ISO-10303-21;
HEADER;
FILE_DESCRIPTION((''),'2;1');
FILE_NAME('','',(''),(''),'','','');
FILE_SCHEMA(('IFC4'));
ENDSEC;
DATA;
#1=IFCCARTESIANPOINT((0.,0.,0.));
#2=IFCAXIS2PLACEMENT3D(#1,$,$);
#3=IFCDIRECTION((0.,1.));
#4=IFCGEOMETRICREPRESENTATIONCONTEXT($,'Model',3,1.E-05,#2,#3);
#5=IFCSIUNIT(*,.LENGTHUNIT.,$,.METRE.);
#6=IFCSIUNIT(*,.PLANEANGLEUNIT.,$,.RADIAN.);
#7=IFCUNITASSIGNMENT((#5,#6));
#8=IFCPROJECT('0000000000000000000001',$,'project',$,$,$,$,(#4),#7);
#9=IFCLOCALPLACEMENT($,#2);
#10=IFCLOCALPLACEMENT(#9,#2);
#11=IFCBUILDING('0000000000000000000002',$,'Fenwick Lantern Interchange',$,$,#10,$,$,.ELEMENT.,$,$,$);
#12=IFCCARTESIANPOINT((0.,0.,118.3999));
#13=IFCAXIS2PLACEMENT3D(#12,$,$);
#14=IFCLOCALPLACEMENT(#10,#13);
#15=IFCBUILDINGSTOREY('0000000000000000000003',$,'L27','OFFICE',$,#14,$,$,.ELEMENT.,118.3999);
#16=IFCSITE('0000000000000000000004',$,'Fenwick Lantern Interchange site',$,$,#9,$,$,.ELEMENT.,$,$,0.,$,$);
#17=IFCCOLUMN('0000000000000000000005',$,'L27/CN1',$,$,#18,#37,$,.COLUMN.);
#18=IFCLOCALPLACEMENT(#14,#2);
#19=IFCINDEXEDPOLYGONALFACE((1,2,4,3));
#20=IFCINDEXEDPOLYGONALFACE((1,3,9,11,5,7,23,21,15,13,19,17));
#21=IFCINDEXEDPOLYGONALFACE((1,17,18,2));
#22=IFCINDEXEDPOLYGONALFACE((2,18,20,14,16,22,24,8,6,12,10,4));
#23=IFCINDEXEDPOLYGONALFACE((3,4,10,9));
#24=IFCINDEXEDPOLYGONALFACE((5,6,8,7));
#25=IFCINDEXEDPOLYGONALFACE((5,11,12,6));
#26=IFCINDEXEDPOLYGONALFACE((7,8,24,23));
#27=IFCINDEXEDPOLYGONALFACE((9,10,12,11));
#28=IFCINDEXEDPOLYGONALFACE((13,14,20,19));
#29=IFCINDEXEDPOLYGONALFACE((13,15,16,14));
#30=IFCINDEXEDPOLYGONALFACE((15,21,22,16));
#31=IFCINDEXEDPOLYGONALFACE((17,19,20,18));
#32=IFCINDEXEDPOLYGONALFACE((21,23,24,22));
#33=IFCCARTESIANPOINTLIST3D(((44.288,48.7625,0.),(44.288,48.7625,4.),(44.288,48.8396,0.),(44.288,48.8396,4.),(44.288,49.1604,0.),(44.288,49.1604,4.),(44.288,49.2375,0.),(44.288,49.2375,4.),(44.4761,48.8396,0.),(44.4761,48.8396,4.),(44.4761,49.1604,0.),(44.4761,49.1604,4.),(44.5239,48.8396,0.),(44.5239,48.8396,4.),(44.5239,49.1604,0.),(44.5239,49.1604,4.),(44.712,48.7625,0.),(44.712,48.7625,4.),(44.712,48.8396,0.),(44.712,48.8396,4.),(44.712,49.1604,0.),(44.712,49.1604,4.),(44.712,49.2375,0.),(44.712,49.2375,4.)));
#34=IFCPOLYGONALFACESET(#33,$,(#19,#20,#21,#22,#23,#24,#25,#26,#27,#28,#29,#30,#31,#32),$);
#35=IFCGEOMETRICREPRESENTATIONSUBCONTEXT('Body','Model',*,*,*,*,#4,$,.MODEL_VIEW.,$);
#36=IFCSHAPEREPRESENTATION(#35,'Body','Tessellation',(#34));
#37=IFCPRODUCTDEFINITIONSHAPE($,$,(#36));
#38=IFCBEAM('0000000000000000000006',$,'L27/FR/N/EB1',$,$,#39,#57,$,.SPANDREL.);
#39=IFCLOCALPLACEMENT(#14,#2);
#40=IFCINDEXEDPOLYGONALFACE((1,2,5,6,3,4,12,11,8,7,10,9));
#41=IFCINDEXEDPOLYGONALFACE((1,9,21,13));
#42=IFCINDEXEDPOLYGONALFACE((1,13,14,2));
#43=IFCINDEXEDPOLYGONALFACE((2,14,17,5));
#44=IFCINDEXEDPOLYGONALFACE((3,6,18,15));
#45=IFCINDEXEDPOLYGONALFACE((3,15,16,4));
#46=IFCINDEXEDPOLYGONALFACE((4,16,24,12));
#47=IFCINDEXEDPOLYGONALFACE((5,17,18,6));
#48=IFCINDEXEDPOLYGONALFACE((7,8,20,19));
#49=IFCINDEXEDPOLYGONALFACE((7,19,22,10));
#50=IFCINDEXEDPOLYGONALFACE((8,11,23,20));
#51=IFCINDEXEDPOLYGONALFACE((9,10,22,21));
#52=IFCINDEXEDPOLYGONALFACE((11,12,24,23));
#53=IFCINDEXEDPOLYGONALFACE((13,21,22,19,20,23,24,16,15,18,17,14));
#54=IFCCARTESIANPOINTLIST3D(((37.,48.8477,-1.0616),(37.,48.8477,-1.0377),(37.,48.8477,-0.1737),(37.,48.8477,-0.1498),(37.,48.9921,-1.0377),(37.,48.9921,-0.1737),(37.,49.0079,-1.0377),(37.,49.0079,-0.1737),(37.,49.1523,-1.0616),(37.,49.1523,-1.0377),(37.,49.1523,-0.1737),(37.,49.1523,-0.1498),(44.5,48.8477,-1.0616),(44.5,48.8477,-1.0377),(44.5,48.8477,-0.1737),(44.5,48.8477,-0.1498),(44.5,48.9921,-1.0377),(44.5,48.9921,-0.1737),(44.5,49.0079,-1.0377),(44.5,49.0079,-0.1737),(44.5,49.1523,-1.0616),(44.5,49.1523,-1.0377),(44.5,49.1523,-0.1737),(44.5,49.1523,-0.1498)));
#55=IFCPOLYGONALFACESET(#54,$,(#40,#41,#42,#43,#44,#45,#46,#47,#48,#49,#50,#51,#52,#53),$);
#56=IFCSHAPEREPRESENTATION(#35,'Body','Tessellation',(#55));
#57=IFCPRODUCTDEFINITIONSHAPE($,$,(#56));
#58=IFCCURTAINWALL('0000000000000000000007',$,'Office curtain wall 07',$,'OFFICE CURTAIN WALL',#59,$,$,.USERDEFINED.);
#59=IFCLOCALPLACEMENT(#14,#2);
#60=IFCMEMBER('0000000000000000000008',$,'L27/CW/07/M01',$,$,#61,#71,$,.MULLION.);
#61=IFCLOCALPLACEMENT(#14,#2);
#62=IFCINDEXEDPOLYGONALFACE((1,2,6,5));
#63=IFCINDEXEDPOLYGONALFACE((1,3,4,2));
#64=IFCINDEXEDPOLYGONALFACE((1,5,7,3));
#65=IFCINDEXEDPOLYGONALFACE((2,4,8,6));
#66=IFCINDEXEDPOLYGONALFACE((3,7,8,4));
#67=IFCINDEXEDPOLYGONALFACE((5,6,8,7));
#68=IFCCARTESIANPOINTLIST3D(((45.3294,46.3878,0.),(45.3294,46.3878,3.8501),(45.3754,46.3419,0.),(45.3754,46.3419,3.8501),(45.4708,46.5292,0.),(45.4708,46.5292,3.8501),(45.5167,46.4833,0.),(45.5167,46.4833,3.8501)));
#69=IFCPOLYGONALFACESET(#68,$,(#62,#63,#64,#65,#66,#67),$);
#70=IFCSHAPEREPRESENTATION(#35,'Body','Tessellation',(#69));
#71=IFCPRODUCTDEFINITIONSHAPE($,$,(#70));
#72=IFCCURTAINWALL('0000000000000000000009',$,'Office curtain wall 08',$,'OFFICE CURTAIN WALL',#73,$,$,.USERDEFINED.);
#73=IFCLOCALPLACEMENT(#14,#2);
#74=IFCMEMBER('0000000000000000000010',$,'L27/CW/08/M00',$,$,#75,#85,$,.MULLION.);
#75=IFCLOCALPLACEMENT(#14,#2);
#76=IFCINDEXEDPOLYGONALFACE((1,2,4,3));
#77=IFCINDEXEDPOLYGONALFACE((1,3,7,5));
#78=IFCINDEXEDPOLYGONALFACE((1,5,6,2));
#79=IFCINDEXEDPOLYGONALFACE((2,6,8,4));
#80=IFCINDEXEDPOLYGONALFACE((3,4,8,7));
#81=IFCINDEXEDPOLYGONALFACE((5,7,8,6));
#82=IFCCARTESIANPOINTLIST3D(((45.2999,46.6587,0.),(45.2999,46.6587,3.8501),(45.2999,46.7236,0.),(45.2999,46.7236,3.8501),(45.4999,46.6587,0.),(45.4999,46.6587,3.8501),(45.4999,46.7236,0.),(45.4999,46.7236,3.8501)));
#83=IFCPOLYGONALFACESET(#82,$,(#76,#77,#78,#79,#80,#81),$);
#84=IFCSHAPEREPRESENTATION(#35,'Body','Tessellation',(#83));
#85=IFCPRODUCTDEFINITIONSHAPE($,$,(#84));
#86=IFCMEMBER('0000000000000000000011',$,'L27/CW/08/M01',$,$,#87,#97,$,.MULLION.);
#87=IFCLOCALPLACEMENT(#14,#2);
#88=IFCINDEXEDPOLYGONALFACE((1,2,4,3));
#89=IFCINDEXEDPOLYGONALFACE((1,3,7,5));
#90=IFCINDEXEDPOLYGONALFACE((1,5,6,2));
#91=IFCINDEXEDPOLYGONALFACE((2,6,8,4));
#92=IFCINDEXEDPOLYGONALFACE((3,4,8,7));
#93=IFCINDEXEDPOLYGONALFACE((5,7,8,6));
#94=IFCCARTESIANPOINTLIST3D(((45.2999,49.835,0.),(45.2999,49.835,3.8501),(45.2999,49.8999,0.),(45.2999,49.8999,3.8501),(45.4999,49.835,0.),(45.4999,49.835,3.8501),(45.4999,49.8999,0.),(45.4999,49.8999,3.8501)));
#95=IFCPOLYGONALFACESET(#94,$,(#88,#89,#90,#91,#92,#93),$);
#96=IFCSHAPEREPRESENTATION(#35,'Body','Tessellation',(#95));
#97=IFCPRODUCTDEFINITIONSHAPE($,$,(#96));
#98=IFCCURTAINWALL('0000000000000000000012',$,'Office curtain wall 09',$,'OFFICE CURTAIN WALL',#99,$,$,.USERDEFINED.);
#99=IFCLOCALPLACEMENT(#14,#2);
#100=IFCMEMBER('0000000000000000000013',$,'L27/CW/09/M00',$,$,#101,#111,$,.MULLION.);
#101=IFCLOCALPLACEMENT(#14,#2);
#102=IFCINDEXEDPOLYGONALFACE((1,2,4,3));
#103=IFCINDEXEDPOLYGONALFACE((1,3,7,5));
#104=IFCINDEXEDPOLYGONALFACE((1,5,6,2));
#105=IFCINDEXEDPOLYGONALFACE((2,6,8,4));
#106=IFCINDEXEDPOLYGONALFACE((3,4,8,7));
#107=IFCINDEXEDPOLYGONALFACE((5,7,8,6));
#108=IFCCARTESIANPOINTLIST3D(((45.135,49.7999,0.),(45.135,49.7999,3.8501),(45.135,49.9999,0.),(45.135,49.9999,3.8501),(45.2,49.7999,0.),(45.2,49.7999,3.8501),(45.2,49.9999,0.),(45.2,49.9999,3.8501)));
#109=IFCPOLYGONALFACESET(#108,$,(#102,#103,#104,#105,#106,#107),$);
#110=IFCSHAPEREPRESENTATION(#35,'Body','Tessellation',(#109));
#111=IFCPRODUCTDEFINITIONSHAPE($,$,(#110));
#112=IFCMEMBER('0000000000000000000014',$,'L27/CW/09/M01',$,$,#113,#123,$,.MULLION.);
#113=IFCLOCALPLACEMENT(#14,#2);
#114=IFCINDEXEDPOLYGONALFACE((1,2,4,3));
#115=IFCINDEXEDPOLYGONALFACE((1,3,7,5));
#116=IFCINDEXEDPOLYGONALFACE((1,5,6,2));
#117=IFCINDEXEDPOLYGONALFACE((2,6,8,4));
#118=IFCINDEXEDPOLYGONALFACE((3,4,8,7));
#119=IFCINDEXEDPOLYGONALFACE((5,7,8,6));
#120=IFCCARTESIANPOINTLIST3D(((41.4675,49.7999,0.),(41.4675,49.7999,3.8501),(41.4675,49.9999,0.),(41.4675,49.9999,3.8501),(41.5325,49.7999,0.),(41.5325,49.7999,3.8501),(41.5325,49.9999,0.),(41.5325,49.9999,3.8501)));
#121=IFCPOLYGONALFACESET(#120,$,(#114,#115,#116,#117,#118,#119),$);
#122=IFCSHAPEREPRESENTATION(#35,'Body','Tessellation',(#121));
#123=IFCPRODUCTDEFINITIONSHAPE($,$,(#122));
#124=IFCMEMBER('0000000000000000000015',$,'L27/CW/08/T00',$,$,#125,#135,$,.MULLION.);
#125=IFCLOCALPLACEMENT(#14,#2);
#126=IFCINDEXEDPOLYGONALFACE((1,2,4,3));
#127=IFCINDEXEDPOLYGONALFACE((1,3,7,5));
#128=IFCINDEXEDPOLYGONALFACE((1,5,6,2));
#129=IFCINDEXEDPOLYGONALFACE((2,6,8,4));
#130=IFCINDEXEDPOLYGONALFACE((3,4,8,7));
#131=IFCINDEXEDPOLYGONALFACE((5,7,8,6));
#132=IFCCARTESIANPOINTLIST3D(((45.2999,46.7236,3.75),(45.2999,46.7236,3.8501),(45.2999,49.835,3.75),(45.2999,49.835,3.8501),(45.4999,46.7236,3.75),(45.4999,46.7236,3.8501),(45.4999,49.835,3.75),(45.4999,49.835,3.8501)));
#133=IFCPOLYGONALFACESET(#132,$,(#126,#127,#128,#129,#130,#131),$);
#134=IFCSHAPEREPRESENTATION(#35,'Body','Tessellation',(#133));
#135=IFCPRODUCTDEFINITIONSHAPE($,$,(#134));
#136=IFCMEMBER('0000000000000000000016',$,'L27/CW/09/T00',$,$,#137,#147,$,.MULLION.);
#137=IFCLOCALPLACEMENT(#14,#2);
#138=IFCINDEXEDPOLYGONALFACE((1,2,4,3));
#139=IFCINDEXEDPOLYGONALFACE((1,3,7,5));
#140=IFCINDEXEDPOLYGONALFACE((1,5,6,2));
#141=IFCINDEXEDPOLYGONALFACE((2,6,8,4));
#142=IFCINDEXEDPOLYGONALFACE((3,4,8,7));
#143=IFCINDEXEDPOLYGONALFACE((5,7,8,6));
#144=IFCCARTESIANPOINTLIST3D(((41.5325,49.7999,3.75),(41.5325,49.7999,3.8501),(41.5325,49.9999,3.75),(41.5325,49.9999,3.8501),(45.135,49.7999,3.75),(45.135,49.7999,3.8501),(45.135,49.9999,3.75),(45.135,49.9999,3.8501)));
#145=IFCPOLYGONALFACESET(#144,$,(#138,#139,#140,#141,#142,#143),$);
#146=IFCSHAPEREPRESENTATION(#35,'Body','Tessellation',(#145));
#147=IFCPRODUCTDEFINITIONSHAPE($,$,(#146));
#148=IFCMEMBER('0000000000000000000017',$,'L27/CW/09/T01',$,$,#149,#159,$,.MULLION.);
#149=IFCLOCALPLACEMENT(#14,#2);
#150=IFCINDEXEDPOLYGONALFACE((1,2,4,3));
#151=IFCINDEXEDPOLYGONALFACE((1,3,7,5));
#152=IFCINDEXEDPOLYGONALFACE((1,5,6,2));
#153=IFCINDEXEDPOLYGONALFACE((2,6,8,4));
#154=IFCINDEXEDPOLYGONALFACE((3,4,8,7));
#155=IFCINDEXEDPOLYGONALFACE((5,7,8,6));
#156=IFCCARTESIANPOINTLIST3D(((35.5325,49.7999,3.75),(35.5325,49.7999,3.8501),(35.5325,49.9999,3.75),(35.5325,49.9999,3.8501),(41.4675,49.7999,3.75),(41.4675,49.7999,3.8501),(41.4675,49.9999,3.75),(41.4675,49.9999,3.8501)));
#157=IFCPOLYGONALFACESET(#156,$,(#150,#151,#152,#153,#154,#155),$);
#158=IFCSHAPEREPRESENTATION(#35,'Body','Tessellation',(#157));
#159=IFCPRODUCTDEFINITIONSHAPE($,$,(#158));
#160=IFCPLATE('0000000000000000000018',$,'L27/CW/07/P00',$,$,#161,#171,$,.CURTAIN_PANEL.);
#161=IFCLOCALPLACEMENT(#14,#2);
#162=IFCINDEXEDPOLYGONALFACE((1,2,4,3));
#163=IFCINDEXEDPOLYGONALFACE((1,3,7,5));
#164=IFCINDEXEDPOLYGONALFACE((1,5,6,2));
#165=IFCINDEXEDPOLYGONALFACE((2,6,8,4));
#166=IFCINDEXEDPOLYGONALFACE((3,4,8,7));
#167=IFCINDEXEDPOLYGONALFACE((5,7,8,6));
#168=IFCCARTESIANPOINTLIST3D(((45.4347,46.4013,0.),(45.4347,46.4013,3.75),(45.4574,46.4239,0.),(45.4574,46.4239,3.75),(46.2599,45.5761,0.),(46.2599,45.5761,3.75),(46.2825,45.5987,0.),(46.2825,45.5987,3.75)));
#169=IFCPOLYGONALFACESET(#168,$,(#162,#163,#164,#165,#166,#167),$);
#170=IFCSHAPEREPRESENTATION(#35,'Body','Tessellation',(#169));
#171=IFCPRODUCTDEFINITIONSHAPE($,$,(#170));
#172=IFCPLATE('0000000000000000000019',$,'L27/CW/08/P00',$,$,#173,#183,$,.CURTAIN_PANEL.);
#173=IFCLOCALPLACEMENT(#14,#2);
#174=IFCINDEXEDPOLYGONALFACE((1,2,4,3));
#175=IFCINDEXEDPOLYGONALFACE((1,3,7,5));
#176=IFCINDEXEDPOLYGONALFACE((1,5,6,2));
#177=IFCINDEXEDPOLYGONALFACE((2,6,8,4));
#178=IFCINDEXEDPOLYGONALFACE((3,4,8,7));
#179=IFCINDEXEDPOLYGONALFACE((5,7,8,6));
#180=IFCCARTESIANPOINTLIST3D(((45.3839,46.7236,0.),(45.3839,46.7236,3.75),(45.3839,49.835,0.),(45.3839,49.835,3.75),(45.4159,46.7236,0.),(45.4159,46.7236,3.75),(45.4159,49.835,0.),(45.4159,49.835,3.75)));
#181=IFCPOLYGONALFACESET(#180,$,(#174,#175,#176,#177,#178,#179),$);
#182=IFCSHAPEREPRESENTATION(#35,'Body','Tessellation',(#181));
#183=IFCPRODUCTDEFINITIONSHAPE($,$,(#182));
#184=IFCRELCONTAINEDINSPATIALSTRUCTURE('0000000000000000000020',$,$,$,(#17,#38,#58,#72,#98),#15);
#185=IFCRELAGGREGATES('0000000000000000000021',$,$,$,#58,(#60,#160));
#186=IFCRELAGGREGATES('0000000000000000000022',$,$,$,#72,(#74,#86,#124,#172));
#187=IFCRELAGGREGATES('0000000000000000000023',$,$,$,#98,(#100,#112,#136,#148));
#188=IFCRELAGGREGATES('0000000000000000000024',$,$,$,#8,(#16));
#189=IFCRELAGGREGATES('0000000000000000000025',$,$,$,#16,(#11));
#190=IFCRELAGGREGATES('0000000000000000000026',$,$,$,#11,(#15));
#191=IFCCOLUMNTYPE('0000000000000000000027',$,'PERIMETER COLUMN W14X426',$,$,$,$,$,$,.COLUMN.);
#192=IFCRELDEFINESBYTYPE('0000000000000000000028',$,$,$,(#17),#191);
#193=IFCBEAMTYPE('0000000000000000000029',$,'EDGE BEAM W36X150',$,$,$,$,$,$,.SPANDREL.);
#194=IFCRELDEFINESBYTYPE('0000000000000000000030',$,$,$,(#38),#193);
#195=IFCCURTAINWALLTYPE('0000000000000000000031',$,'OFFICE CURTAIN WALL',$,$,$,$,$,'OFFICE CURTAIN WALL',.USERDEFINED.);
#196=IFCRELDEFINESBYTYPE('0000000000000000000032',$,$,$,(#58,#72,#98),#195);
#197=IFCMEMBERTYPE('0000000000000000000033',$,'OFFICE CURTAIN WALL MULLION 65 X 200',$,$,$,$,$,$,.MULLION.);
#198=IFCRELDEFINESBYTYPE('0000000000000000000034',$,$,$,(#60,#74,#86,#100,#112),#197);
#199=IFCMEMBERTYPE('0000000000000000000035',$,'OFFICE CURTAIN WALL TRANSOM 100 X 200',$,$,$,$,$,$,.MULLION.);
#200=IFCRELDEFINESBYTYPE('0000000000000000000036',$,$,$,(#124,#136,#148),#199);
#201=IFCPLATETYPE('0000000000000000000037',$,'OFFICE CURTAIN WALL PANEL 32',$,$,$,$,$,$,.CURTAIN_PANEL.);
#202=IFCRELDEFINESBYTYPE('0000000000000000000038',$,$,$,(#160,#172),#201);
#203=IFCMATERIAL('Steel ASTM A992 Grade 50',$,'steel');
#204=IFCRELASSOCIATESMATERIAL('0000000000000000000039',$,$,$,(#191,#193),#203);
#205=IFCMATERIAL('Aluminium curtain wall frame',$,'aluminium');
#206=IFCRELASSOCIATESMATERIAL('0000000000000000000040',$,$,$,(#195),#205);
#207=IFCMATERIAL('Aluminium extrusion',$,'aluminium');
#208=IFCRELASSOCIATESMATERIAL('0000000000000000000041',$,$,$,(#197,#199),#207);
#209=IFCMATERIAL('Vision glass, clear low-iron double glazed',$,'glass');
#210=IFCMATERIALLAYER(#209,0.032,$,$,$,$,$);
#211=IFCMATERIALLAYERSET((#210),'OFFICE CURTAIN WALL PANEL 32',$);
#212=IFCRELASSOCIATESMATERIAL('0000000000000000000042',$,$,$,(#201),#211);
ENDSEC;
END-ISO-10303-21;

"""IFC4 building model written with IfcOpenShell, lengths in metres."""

from ifc_helpers import new_model, si_unit, direction, frame, origin, origin_2d, place, context, subcontext, project, spatial, rectangle, i_section, extrude, material, layer, layer_set, material_profile, profile_set, type_object, element, aggregate, save


model = new_model("IFC4")

# Units and contexts
model_context = context("Model", 3, precision=1e-05, world=origin(), true_north=direction((0.0, 1.0)))
body_context = subcontext(model_context, "Body", "Model", "MODEL_VIEW")
ifc_project = project(units=[si_unit("LENGTHUNIT", "METRE"), si_unit("PLANEANGLEUNIT", "RADIAN")], contexts=[model_context])

# Site, building, storey
site_placement = place(None, origin())
site = spatial("IfcSite", under=ifc_project, at=site_placement, Name="Fenwick Lantern Interchange site", CompositionType="ELEMENT", RefElevation=0.0)
building_placement = place(site_placement, origin())
building = spatial("IfcBuilding", under=site, at=building_placement, Name="Fenwick Lantern Interchange", CompositionType="ELEMENT")
storey_placement = place(building_placement, frame((0.0, 0.0, 118.3999)))
storey = spatial("IfcBuildingStorey", under=building, at=storey_placement, Name="L27", Description="OFFICE", CompositionType="ELEMENT", Elevation=118.3999)

# Column
ifc_material_1 = material(Name="Steel ASTM A992 Grade 50", Category="steel")
ifc_material_profile_1 = material_profile(ifc_material_1, i_section(OverallWidth=0.4241, OverallDepth=0.4751, WebThickness=0.0479, FlangeThickness=0.0771, at=origin_2d()), Name="W14X426")
ifc_profile_set_1 = profile_set([ifc_material_profile_1], Name="Steel ASTM A992 Grade 50")
column_type = type_object("IfcColumnType", Name="PERIMETER COLUMN W14X426", PredefinedType="COLUMN", material=ifc_profile_set_1)
column_placement = place(storey_placement, frame((44.5, 49.0, 0.0), z_axis=(0.0, 0.0, 1.0), x_axis=(1.0, 0.0, 0.0)))
element("IfcColumn", 1, at=column_placement, inside=storey, type_object=column_type, Name="L27/CN1", PredefinedType="COLUMN", context=body_context, shape_type="SweptSolid", body=[
    extrude(i_section(OverallWidth=0.4241, OverallDepth=0.4751, WebThickness=0.0479, FlangeThickness=0.0771, at=origin_2d()), origin(), (0.0, 0.0, 1.0), 4.0),
])

# Beam
ifc_material_profile_2 = material_profile(ifc_material_1, i_section(OverallWidth=0.3047, OverallDepth=0.9119, WebThickness=0.0159, FlangeThickness=0.0239, at=origin_2d()), Name="W36X150")
ifc_profile_set_2 = profile_set([ifc_material_profile_2], Name="Steel ASTM A992 Grade 50")
beam_type = type_object("IfcBeamType", Name="EDGE BEAM W36X150", PredefinedType="SPANDREL", material=ifc_profile_set_2)
beam_placement = place(storey_placement, frame((44.5, 49.0, -0.6057), z_axis=(-1.0, 0.0, 0.0), x_axis=(0.0, -1.0, 0.0)))
element("IfcBeam", 2, at=beam_placement, inside=storey, type_object=beam_type, Name="L27/FR/N/EB1", PredefinedType="SPANDREL", context=body_context, shape_type="SweptSolid", body=[
    extrude(i_section(OverallWidth=0.3047, OverallDepth=0.9119, WebThickness=0.0159, FlangeThickness=0.0239, at=origin_2d()), origin(), (0.0, 0.0, 1.0), 7.5),
])

# Curtain wall, member
ifc_material_2 = material(Name="Aluminium curtain wall frame", Category="aluminium")
curtain_wall_type = type_object("IfcCurtainWallType", Name="OFFICE CURTAIN WALL", ElementType="OFFICE CURTAIN WALL", PredefinedType="USERDEFINED", material=ifc_material_2)
curtain_wall_1_placement = place(storey_placement, origin())
curtain_wall_1 = element("IfcCurtainWall", 3, at=curtain_wall_1_placement, inside=storey, type_object=curtain_wall_type, Name="Office curtain wall 07", ObjectType="OFFICE CURTAIN WALL", PredefinedType="USERDEFINED")
ifc_material_3 = material(Name="Aluminium extrusion", Category="aluminium")
ifc_material_profile_3 = material_profile(ifc_material_3, rectangle(XDim=0.2, YDim=0.0649, at=origin_2d()), Name="OFFICE CURTAIN WALL MULLION 65 X 200")
ifc_profile_set_3 = profile_set([ifc_material_profile_3], Name="Aluminium extrusion")
member_type_1 = type_object("IfcMemberType", Name="OFFICE CURTAIN WALL MULLION 65 X 200", PredefinedType="MULLION", material=ifc_profile_set_3)
member_1_placement = place(storey_placement, frame((45.4231, 46.4355, 0.0), z_axis=(0.0, 0.0, 1.0), x_axis=(-0.707107, -0.707107, 0.0)))
member_1 = element("IfcMember", 4, at=member_1_placement, type_object=member_type_1, Name="L27/CW/07/M01", PredefinedType="MULLION", context=body_context, shape_type="SweptSolid", body=[
    extrude(rectangle(XDim=0.2, YDim=0.0649, at=origin_2d()), origin(), (0.0, 0.0, 1.0), 3.8501),
])

# Curtain walls, members
curtain_wall_2_placement = place(storey_placement, origin())
curtain_wall_2 = element("IfcCurtainWall", 5, at=curtain_wall_2_placement, inside=storey, type_object=curtain_wall_type, Name="Office curtain wall 08", ObjectType="OFFICE CURTAIN WALL", PredefinedType="USERDEFINED")
member_2_placement = place(storey_placement, frame((45.3999, 46.6912, 0.0), z_axis=(0.0, 0.0, 1.0), x_axis=(-1.0, 0.0, 0.0)))
member_2 = element("IfcMember", 6, at=member_2_placement, type_object=member_type_1, Name="L27/CW/08/M00", PredefinedType="MULLION", context=body_context, shape_type="SweptSolid", body=[
    extrude(rectangle(XDim=0.2, YDim=0.0649, at=origin_2d()), origin(), (0.0, 0.0, 1.0), 3.8501),
])
member_3_placement = place(storey_placement, frame((45.3999, 49.8674, 0.0), z_axis=(0.0, 0.0, 1.0), x_axis=(-1.0, 0.0, 0.0)))
member_3 = element("IfcMember", 7, at=member_3_placement, type_object=member_type_1, Name="L27/CW/08/M01", PredefinedType="MULLION", context=body_context, shape_type="SweptSolid", body=[
    extrude(rectangle(XDim=0.2, YDim=0.0649, at=origin_2d()), origin(), (0.0, 0.0, 1.0), 3.8501),
])
curtain_wall_3_placement = place(storey_placement, origin())
curtain_wall_3 = element("IfcCurtainWall", 8, at=curtain_wall_3_placement, inside=storey, type_object=curtain_wall_type, Name="Office curtain wall 09", ObjectType="OFFICE CURTAIN WALL", PredefinedType="USERDEFINED")
member_4_placement = place(storey_placement, frame((45.1675, 49.8999, 0.0), z_axis=(0.0, 0.0, 1.0), x_axis=(0.0, -1.0, 0.0)))
member_4 = element("IfcMember", 9, at=member_4_placement, type_object=member_type_1, Name="L27/CW/09/M00", PredefinedType="MULLION", context=body_context, shape_type="SweptSolid", body=[
    extrude(rectangle(XDim=0.2, YDim=0.0649, at=origin_2d()), origin(), (0.0, 0.0, 1.0), 3.8501),
])
member_5_placement = place(storey_placement, frame((41.5, 49.8999, 0.0), z_axis=(0.0, 0.0, 1.0), x_axis=(0.0, -1.0, 0.0)))
member_5 = element("IfcMember", 10, at=member_5_placement, type_object=member_type_1, Name="L27/CW/09/M01", PredefinedType="MULLION", context=body_context, shape_type="SweptSolid", body=[
    extrude(rectangle(XDim=0.2, YDim=0.0649, at=origin_2d()), origin(), (0.0, 0.0, 1.0), 3.8501),
])

# Members
ifc_material_profile_4 = material_profile(ifc_material_3, rectangle(XDim=0.2, YDim=0.1001, at=origin_2d()), Name="OFFICE CURTAIN WALL TRANSOM 100 X 200")
ifc_profile_set_4 = profile_set([ifc_material_profile_4], Name="Aluminium extrusion")
member_type_2 = type_object("IfcMemberType", Name="OFFICE CURTAIN WALL TRANSOM 100 X 200", PredefinedType="MULLION", material=ifc_profile_set_4)
member_6_placement = place(storey_placement, frame((45.3999, 46.7236, 3.8), z_axis=(0.0, 1.0, 0.0), x_axis=(-1.0, 0.0, 0.0)))
member_6 = element("IfcMember", 11, at=member_6_placement, type_object=member_type_2, Name="L27/CW/08/T00", PredefinedType="MULLION", context=body_context, shape_type="SweptSolid", body=[
    extrude(rectangle(XDim=0.2, YDim=0.1001, at=origin_2d()), origin(), (0.0, 0.0, 1.0), 3.1113),
])
member_7_placement = place(storey_placement, frame((45.135, 49.8999, 3.8), z_axis=(-1.0, 0.0, 0.0), x_axis=(0.0, -1.0, 0.0)))
member_7 = element("IfcMember", 12, at=member_7_placement, type_object=member_type_2, Name="L27/CW/09/T00", PredefinedType="MULLION", context=body_context, shape_type="SweptSolid", body=[
    extrude(rectangle(XDim=0.2, YDim=0.1001, at=origin_2d()), origin(), (0.0, 0.0, 1.0), 3.6025),
])
member_8_placement = place(storey_placement, frame((41.4675, 49.8999, 3.8), z_axis=(-1.0, 0.0, 0.0), x_axis=(0.0, -1.0, 0.0)))
member_8 = element("IfcMember", 13, at=member_8_placement, type_object=member_type_2, Name="L27/CW/09/T01", PredefinedType="MULLION", context=body_context, shape_type="SweptSolid", body=[
    extrude(rectangle(XDim=0.2, YDim=0.1001, at=origin_2d()), origin(), (0.0, 0.0, 1.0), 5.9351),
])

# Plates
ifc_material_4 = material(Name="Vision glass, clear low-iron double glazed", Category="glass")
ifc_layer_1 = layer(ifc_material_4, 0.032)
ifc_layer_set_1 = layer_set([ifc_layer_1], Name="OFFICE CURTAIN WALL PANEL 32")
plate_type = type_object("IfcPlateType", Name="OFFICE CURTAIN WALL PANEL 32", PredefinedType="CURTAIN_PANEL", material=ifc_layer_set_1)
plate_1_placement = place(storey_placement, frame((45.8586, 46.0, 0.0), z_axis=(0.0, 0.0, 1.0), x_axis=(-0.707107, 0.707107, 0.0)))
plate_1 = element("IfcPlate", 14, at=plate_1_placement, type_object=plate_type, Name="L27/CW/07/P00", PredefinedType="CURTAIN_PANEL", context=body_context, shape_type="SweptSolid", body=[
    extrude(rectangle(XDim=1.167, YDim=0.032, at=origin_2d()), origin(), (0.0, 0.0, 1.0), 3.75),
])
aggregate(curtain_wall_1, [member_1, plate_1])
plate_2_placement = place(storey_placement, frame((45.3999, 48.2793, 0.0), z_axis=(0.0, 0.0, 1.0), x_axis=(0.0, 1.0, 0.0)))
plate_2 = element("IfcPlate", 15, at=plate_2_placement, type_object=plate_type, Name="L27/CW/08/P00", PredefinedType="CURTAIN_PANEL", context=body_context, shape_type="SweptSolid", body=[
    extrude(rectangle(XDim=3.1113, YDim=0.032, at=origin_2d()), origin(), (0.0, 0.0, 1.0), 3.75),
])
aggregate(curtain_wall_2, [member_2, member_3, member_6, plate_2])
aggregate(curtain_wall_3, [member_4, member_5, member_7, member_8])

save(model, "model.ifc")
